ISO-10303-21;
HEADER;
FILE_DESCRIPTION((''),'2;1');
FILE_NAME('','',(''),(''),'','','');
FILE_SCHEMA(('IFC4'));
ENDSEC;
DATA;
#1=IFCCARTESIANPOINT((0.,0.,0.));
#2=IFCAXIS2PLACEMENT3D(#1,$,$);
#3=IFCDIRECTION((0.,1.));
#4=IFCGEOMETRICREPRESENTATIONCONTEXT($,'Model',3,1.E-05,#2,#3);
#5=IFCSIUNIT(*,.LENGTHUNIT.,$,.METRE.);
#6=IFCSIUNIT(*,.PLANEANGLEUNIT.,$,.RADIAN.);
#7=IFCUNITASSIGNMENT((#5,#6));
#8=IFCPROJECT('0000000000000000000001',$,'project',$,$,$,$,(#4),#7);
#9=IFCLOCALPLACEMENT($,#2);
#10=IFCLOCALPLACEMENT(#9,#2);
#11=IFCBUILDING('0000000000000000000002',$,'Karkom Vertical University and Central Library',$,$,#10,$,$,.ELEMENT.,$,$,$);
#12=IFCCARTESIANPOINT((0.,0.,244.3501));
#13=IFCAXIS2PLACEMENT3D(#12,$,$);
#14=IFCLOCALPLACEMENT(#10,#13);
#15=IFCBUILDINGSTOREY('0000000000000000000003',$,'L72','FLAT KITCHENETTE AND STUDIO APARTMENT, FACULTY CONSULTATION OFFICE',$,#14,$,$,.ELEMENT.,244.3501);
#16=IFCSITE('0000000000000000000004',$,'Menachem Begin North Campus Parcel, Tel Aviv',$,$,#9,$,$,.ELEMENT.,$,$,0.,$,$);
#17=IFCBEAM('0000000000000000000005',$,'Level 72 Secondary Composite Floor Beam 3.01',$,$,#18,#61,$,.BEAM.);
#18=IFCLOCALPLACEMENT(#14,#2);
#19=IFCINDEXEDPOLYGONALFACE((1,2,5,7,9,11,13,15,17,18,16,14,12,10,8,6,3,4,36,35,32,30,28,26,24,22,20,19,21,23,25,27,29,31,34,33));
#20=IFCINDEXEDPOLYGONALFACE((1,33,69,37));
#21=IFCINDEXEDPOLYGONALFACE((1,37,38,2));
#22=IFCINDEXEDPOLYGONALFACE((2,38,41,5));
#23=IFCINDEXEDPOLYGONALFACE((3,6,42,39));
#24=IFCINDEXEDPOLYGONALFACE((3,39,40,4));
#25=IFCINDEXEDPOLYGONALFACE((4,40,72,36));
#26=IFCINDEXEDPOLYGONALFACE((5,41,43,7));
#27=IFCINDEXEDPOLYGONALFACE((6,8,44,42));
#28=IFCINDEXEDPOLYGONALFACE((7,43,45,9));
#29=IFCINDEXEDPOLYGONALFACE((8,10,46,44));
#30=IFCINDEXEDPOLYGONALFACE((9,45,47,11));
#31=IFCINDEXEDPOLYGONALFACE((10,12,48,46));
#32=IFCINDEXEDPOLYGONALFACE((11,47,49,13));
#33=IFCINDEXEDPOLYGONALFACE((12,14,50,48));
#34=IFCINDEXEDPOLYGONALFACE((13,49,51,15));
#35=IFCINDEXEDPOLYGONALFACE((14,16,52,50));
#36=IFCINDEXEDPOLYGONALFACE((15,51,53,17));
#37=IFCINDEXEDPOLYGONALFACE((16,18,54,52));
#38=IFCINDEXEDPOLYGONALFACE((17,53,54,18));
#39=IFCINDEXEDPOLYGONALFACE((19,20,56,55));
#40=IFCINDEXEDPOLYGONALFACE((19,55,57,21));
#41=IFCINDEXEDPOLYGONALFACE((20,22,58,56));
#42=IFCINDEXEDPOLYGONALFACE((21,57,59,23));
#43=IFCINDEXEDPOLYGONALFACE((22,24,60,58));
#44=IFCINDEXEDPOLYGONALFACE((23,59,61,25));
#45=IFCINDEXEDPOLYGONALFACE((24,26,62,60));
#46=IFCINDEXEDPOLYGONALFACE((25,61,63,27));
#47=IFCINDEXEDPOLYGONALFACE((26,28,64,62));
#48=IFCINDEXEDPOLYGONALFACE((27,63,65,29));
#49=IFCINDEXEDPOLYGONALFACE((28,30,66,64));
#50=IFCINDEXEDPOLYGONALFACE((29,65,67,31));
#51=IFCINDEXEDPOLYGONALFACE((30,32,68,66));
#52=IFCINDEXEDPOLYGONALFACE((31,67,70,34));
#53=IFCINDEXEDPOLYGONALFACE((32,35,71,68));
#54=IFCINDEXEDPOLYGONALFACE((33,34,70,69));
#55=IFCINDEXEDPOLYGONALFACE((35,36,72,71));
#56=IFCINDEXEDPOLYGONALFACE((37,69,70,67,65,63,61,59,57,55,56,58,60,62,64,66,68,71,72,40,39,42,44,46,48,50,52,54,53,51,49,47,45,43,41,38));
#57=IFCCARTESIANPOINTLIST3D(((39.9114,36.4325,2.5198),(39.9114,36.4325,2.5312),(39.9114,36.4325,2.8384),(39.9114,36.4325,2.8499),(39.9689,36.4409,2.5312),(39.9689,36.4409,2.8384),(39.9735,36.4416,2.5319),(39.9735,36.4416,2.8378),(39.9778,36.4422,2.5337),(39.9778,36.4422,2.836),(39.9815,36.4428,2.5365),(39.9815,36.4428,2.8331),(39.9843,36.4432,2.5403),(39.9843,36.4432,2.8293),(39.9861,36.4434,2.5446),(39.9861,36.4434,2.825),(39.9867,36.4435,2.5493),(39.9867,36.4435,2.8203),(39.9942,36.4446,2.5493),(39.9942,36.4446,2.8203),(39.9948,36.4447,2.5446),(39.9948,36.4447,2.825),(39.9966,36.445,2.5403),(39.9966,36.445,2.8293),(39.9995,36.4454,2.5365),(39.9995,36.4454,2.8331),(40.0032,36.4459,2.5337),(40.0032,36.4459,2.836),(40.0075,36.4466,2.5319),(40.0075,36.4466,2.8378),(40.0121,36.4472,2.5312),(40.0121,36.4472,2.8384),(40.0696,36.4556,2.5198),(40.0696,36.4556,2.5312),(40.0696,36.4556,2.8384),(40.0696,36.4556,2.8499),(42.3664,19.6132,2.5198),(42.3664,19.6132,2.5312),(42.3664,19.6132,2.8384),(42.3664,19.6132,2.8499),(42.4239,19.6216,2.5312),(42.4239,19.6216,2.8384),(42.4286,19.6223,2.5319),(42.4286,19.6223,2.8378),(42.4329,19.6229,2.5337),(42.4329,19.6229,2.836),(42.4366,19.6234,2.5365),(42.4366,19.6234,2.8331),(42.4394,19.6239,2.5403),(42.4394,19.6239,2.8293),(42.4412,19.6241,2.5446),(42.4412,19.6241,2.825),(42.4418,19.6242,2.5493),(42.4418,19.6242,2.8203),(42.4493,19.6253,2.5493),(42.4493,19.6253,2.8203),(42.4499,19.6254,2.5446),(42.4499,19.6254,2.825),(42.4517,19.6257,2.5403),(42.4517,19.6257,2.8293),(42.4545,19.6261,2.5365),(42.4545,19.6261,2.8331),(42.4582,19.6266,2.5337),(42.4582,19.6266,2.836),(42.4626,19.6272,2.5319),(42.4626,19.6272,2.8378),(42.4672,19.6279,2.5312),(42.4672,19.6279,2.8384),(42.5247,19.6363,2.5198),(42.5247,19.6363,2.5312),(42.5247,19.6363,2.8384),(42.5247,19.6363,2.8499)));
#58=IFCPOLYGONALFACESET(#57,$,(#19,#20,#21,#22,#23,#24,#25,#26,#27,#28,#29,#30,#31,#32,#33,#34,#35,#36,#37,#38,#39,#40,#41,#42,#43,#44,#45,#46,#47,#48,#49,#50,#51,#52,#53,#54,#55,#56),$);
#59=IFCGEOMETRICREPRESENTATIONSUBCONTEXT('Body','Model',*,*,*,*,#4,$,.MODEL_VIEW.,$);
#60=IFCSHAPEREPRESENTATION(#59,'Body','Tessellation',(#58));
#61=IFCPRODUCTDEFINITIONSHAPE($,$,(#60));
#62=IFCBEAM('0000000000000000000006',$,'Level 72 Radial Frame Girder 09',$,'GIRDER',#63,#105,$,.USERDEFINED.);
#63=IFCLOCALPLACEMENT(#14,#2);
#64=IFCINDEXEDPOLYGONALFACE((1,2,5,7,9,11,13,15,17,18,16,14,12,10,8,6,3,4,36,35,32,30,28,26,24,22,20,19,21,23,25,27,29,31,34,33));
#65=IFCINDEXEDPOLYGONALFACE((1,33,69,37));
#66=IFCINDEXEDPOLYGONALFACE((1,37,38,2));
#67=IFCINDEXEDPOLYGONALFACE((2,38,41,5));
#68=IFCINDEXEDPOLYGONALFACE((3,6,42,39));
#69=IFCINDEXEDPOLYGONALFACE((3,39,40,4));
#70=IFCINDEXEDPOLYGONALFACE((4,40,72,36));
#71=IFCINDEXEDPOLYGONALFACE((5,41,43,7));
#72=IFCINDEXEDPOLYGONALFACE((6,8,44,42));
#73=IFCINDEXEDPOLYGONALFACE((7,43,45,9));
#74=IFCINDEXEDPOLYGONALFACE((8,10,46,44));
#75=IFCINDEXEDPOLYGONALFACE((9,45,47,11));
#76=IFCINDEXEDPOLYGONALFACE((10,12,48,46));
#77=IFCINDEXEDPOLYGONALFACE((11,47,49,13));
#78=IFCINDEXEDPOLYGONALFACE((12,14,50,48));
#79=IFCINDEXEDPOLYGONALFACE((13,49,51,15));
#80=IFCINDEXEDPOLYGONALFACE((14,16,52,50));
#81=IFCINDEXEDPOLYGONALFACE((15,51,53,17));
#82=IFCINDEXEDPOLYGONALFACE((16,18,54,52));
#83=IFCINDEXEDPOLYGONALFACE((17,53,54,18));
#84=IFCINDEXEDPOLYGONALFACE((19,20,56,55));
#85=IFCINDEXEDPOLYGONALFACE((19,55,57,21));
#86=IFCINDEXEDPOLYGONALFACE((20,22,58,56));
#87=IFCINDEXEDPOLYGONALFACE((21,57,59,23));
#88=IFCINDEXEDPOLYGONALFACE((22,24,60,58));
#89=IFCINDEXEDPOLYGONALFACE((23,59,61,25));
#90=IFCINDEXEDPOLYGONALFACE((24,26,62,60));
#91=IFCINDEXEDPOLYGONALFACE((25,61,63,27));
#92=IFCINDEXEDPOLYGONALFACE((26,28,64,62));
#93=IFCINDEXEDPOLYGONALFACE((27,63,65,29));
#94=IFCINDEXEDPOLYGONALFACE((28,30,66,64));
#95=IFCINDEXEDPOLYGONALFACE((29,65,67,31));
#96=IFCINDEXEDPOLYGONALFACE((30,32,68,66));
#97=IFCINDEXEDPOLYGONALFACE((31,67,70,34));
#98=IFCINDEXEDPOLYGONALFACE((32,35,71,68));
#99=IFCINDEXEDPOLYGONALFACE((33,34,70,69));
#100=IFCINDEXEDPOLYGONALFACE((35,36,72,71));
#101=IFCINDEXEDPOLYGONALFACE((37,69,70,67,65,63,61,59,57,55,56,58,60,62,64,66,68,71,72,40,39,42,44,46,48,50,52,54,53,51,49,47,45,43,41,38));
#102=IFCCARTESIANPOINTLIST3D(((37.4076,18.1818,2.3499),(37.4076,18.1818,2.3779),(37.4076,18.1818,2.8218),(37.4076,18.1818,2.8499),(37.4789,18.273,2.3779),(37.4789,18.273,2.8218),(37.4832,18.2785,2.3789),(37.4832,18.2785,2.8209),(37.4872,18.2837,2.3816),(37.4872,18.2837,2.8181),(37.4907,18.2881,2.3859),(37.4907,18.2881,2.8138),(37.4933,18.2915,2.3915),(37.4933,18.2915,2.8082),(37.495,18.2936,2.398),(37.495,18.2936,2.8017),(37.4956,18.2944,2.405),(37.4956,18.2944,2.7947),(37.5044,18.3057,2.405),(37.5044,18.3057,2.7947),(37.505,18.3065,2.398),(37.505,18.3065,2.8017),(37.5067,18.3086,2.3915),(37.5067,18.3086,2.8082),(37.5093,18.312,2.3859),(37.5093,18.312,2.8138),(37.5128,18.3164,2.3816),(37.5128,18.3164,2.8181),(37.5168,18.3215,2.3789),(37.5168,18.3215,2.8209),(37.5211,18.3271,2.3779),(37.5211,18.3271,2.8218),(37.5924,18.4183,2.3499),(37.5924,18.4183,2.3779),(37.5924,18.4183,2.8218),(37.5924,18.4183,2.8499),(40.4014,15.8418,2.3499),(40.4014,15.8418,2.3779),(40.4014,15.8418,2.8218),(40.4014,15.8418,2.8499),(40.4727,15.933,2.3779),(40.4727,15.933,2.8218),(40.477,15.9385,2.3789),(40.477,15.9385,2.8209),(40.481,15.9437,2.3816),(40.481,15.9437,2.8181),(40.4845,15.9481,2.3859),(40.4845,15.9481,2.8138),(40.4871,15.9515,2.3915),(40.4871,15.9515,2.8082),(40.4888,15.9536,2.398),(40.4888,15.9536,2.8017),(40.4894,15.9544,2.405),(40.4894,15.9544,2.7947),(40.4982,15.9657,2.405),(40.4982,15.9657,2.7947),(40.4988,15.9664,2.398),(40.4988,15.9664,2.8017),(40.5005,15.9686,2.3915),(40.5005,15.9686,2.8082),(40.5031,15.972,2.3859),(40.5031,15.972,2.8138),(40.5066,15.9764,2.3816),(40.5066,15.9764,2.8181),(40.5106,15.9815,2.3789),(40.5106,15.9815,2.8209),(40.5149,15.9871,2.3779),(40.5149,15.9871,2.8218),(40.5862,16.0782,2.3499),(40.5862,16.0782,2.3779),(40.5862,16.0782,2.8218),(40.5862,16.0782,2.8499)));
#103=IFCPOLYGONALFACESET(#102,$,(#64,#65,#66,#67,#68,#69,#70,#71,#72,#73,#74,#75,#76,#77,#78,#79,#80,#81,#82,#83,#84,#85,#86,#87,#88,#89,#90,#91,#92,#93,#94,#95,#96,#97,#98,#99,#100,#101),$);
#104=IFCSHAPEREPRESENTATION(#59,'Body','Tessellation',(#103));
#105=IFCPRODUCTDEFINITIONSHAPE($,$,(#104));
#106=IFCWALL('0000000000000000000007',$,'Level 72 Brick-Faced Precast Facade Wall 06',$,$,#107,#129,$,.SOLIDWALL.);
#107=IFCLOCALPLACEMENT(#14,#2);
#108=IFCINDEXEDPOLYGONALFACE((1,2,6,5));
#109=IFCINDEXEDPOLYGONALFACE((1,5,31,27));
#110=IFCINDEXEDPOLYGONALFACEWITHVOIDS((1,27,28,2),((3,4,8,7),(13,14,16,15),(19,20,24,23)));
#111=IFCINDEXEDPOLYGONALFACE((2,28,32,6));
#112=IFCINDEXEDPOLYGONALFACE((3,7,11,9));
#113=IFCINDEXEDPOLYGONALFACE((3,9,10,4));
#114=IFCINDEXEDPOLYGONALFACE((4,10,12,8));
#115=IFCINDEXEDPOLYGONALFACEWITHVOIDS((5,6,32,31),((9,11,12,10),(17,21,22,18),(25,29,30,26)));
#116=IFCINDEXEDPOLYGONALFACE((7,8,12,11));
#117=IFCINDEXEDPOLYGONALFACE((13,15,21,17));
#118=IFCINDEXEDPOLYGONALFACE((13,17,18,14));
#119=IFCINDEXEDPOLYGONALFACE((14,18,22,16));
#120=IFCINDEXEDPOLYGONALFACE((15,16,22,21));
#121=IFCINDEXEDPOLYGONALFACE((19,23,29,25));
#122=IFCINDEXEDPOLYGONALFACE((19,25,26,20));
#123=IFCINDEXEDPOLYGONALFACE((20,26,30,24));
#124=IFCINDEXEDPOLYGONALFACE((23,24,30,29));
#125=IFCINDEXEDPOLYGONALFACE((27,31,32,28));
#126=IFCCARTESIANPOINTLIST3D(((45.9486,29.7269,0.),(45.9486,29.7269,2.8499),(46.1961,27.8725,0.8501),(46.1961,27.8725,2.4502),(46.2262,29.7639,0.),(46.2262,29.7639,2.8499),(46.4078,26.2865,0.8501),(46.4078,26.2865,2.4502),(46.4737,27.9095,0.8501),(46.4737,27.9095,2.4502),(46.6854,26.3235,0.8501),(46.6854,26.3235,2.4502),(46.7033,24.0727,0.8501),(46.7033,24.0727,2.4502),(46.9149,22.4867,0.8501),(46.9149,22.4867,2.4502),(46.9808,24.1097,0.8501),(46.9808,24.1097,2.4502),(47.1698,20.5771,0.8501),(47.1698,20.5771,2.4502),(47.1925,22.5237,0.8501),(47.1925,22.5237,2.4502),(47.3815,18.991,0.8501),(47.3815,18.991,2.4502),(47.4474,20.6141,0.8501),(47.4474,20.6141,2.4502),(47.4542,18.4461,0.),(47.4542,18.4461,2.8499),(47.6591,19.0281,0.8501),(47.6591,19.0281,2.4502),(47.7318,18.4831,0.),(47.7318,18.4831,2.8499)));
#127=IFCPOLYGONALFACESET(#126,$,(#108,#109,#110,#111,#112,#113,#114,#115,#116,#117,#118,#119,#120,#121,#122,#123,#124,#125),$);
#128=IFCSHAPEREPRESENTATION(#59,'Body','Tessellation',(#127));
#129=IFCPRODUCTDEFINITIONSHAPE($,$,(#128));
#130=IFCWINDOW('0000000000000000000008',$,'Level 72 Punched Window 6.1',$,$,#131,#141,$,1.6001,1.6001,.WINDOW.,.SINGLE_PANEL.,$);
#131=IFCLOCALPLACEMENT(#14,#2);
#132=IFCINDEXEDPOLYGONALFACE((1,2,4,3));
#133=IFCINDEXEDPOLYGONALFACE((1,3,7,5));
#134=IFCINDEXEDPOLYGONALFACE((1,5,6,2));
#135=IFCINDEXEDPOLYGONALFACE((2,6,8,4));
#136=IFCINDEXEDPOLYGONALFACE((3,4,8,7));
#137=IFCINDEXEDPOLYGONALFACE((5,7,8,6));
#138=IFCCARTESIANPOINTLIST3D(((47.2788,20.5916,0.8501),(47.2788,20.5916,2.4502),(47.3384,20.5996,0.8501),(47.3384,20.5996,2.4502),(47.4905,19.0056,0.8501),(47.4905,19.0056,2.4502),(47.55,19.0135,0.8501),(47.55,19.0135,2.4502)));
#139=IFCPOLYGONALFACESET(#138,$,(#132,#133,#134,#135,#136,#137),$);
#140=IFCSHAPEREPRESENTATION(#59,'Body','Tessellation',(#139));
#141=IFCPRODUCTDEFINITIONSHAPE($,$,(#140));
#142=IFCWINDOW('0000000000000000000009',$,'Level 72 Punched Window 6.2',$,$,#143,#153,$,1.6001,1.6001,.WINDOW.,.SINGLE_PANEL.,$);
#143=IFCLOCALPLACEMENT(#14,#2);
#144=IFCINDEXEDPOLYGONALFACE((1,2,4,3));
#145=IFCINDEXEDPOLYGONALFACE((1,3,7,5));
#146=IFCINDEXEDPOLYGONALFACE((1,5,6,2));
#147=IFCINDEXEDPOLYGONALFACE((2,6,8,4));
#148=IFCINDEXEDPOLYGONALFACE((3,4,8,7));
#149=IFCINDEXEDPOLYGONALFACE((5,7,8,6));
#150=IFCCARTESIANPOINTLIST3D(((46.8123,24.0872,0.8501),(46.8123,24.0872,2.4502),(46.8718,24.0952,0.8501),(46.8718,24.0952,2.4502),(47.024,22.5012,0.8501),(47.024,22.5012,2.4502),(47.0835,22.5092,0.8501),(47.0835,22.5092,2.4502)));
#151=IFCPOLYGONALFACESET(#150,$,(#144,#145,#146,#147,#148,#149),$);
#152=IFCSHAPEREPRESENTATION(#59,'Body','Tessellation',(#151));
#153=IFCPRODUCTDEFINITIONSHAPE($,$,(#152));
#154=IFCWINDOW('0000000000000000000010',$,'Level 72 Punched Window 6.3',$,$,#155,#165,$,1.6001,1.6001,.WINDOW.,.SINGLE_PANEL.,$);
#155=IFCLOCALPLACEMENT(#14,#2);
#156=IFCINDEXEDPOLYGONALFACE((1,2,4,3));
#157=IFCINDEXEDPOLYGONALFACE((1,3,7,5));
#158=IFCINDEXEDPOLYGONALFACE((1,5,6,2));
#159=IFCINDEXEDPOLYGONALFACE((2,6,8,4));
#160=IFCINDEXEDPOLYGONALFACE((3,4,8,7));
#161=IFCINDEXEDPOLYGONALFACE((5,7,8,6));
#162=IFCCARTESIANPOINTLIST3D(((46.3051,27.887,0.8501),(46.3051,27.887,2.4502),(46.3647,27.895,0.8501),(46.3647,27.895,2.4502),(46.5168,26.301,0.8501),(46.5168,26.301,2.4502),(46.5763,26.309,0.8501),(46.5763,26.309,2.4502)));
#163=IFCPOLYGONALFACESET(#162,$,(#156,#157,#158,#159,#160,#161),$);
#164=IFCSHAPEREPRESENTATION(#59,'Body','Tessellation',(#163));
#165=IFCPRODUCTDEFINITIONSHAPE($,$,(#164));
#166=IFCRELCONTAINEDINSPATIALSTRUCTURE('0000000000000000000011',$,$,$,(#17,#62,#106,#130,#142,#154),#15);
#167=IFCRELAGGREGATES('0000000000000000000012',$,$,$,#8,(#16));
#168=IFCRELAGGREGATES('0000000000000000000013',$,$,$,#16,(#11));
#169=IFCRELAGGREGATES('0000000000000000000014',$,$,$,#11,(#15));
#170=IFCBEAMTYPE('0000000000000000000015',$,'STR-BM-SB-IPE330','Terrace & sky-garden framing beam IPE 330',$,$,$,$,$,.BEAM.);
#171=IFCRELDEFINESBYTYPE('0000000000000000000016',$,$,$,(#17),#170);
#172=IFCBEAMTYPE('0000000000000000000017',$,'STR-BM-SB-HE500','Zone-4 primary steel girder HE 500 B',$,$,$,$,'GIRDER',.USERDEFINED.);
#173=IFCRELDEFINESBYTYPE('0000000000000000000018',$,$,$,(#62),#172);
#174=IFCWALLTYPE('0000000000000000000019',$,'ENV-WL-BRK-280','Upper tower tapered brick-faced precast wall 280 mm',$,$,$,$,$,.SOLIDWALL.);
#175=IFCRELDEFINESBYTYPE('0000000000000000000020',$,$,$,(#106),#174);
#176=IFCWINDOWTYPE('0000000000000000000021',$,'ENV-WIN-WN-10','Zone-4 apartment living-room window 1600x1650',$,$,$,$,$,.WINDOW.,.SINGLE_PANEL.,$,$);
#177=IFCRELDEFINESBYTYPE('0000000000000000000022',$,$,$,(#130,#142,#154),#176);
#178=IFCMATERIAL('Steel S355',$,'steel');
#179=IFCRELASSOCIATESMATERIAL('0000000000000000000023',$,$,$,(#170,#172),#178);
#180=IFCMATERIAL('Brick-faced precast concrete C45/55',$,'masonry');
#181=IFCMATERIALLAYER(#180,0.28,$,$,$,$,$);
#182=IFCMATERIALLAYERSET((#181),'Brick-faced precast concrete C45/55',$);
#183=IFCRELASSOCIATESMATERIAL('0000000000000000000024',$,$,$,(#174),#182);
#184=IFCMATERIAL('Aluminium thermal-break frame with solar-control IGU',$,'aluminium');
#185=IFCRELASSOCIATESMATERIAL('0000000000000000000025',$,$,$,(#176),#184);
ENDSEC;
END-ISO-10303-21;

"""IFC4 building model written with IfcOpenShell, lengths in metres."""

from ifc_helpers import new_model, si_unit, direction, frame, frame_2d, origin, origin_with_axes, origin_2d, place, context, subcontext, project, spatial, rectangle, i_section, extrude, source, transform, mapped, material, layer, layer_set, material_profile, profile_set, type_object, element, fill, save


model = new_model("IFC4")

# Units and contexts
model_context = context("Model", 3, precision=1e-05, world=origin(), true_north=direction((0.0, 1.0)))
body_context = subcontext(model_context, "Body", "Model", "MODEL_VIEW")
ifc_project = project(units=[si_unit("LENGTHUNIT", "METRE"), si_unit("PLANEANGLEUNIT", "RADIAN")], contexts=[model_context])

# Site, building, storey
site_placement = place(None, origin())
site = spatial("IfcSite", under=ifc_project, at=site_placement, Name="Menachem Begin North Campus Parcel, Tel Aviv", CompositionType="ELEMENT", RefElevation=0.0)
building_placement = place(site_placement, origin())
building = spatial("IfcBuilding", under=site, at=building_placement, Name="Karkom Vertical University and Central Library", CompositionType="ELEMENT")
storey_placement = place(building_placement, frame((0.0, 0.0, 244.3501)))
storey = spatial("IfcBuildingStorey", under=building, at=storey_placement, Name="L72", Description="FLAT KITCHENETTE AND STUDIO APARTMENT, FACULTY CONSULTATION OFFICE", CompositionType="ELEMENT", Elevation=244.3501)

# Beams
ifc_material_1 = material(Name="Steel S355", Category="steel")
ifc_material_profile_1 = material_profile(ifc_material_1, i_section(OverallWidth=0.1599, OverallDepth=0.3301, WebThickness=0.0076, FlangeThickness=0.0115, FilletRadius=0.0181, at=origin_2d()), Name="IPE 330")
ifc_profile_set_1 = profile_set([ifc_material_profile_1], Name="Steel S355")
beam_type_1 = type_object("IfcBeamType", Name="STR-BM-SB-IPE330", Description="Terrace & sky-garden framing beam IPE 330", PredefinedType="BEAM", material=ifc_profile_set_1)
shared_shape_1 = source(origin_with_axes(), body_context, "Body", "SweptSolid", [
    extrude(i_section(OverallWidth=0.1599, OverallDepth=0.3301, WebThickness=0.0076, FlangeThickness=0.0115, FilletRadius=0.0181, at=origin_2d()), origin(), (0.0, 0.0, 1.0), 16.9976),
])
beam_1_placement = place(storey_placement, frame((42.4456, 19.6248, 2.6848), z_axis=(-0.144437, 0.989514, 0.0), x_axis=(-0.989514, -0.144437, 0.0)))
element("IfcBeam", 1, at=beam_1_placement, inside=storey, type_object=beam_type_1, Name="Level 72 Secondary Composite Floor Beam 3.01", PredefinedType="BEAM", context=body_context, shape_type="MappedRepresentation", body=[
    mapped(shared_shape_1, transform((0.0, 0.0, 0.0), scale=1.0)),
])
ifc_material_profile_2 = material_profile(ifc_material_1, i_section(OverallWidth=0.3, OverallDepth=0.5, WebThickness=0.0144, FlangeThickness=0.0281, FilletRadius=0.0271, at=origin_2d()), Name="HE 500 B")
ifc_profile_set_2 = profile_set([ifc_material_profile_2], Name="Steel S355")
beam_type_2 = type_object("IfcBeamType", Name="STR-BM-SB-HE500", Description="Zone-4 primary steel girder HE 500 B", ElementType="GIRDER", PredefinedType="USERDEFINED", material=ifc_profile_set_2)
shared_shape_2 = source(origin_with_axes(), body_context, "Body", "SweptSolid", [
    extrude(i_section(OverallWidth=0.3, OverallDepth=0.5, WebThickness=0.0144, FlangeThickness=0.0281, FilletRadius=0.0271, at=origin_2d()), origin(), (0.0, 0.0, 1.0), 3.7998),
])
beam_2_placement = place(storey_placement, frame((37.5, 18.3, 2.5999), z_axis=(0.787883, -0.615825, 0.0), x_axis=(0.615825, 0.787883, 0.0)))
element("IfcBeam", 2, at=beam_2_placement, inside=storey, type_object=beam_type_2, Name="Level 72 Radial Frame Girder 09", ObjectType="GIRDER", PredefinedType="USERDEFINED", context=body_context, shape_type="MappedRepresentation", body=[
    mapped(shared_shape_2, transform((0.0, 0.0, 0.0), scale=1.0)),
])

# Wall, openings, windows
ifc_material_2 = material(Name="Brick-faced precast concrete C45/55", Category="masonry")
ifc_layer_1 = layer(ifc_material_2, 0.28)
ifc_layer_set_1 = layer_set([ifc_layer_1], Name="Brick-faced precast concrete C45/55")
wall_type_1 = type_object("IfcWallType", Name="ENV-WL-BRK-280", Description="Upper tower tapered brick-faced precast wall 280 mm", PredefinedType="SOLIDWALL", material=ifc_layer_set_1)
wall_1_placement = place(storey_placement, frame((47.593, 18.4646, 0.0), z_axis=(0.0, 0.0, 1.0), x_axis=(-0.132294, 0.99121, 0.0)))
wall_1 = element("IfcWall", 3, at=wall_1_placement, inside=storey, type_object=wall_type_1, Name="Level 72 Brick-Faced Precast Facade Wall 06", PredefinedType="SOLIDWALL", context=body_context, shape_type="SweptSolid", body=[
    extrude(rectangle(XDim=11.3809, YDim=0.28, at=frame_2d((5.6904, 0.0))), origin(), (0.0, 0.0, 1.0), 2.8499),
])
opening_1_placement = place(wall_1_placement, frame((0.5498, 0.0, 0.8501)))
opening_1 = element("IfcOpeningElement", 4, at=opening_1_placement, cuts=wall_1, PredefinedType="OPENING", context=body_context, shape_type="SweptSolid", body=[
    extrude(rectangle(XDim=1.6001, YDim=1.6001, at=frame_2d((0.8, 0.8))), frame((0.0, 0.1499, 0.0), z_axis=(0.0, -1.0, 0.0), x_axis=(1.0, 0.0, 0.0)), (0.0, 0.0, 1.0), 0.3),
])
opening_2_placement = place(wall_1_placement, frame((4.0764, 0.0, 0.8501)))
opening_2 = element("IfcOpeningElement", 5, at=opening_2_placement, cuts=wall_1, PredefinedType="OPENING", context=body_context, shape_type="SweptSolid", body=[
    extrude(rectangle(XDim=1.6001, YDim=1.6001, at=frame_2d((0.8, 0.8))), frame((0.0, 0.1499, 0.0), z_axis=(0.0, -1.0, 0.0), x_axis=(1.0, 0.0, 0.0)), (0.0, 0.0, 1.0), 0.3),
])
opening_3_placement = place(wall_1_placement, frame((7.9099, 0.0, 0.8501)))
opening_3 = element("IfcOpeningElement", 6, at=opening_3_placement, cuts=wall_1, PredefinedType="OPENING", context=body_context, shape_type="SweptSolid", body=[
    extrude(rectangle(XDim=1.6001, YDim=1.6001, at=frame_2d((0.8, 0.8))), frame((0.0, 0.1499, 0.0), z_axis=(0.0, -1.0, 0.0), x_axis=(1.0, 0.0, 0.0)), (0.0, 0.0, 1.0), 0.3),
])
ifc_material_3 = material(Name="Aluminium thermal-break frame with solar-control IGU", Category="aluminium")
window_type = type_object("IfcWindowType", Name="ENV-WIN-WN-10", Description="Zone-4 apartment living-room window 1600x1650", PartitioningType="SINGLE_PANEL", PredefinedType="WINDOW", material=ifc_material_3)
shared_shape_3 = source(origin_with_axes(), body_context, "Body", "SweptSolid", [
    extrude(rectangle(XDim=1.6001, YDim=1.6001, at=frame_2d((0.8, 0.8))), frame((0.0, 0.03, 0.0), z_axis=(0.0, -1.0, 0.0), x_axis=(1.0, 0.0, 0.0)), (0.0, 0.0, 1.0), 0.0601),
])
window_1_placement = place(opening_1_placement, origin())
window_1 = element("IfcWindow", 7, at=window_1_placement, inside=storey, type_object=window_type, Name="Level 72 Punched Window 6.1", OverallHeight=1.6001, OverallWidth=1.6001, PartitioningType="SINGLE_PANEL", PredefinedType="WINDOW", context=body_context, shape_type="MappedRepresentation", body=[
    mapped(shared_shape_3, transform((0.0, 0.0, 0.0), scale=1.0)),
])
fill(opening_1, window_1)
window_2_placement = place(opening_2_placement, origin())
window_2 = element("IfcWindow", 8, at=window_2_placement, inside=storey, type_object=window_type, Name="Level 72 Punched Window 6.2", OverallHeight=1.6001, OverallWidth=1.6001, PartitioningType="SINGLE_PANEL", PredefinedType="WINDOW", context=body_context, shape_type="MappedRepresentation", body=[
    mapped(shared_shape_3, transform((0.0, 0.0, 0.0), scale=1.0)),
])
fill(opening_2, window_2)
window_3_placement = place(opening_3_placement, origin())
window_3 = element("IfcWindow", 9, at=window_3_placement, inside=storey, type_object=window_type, Name="Level 72 Punched Window 6.3", OverallHeight=1.6001, OverallWidth=1.6001, PartitioningType="SINGLE_PANEL", PredefinedType="WINDOW", context=body_context, shape_type="MappedRepresentation", body=[
    mapped(shared_shape_3, transform((0.0, 0.0, 0.0), scale=1.0)),
])
fill(opening_3, window_3)

save(model, "model.ifc")
